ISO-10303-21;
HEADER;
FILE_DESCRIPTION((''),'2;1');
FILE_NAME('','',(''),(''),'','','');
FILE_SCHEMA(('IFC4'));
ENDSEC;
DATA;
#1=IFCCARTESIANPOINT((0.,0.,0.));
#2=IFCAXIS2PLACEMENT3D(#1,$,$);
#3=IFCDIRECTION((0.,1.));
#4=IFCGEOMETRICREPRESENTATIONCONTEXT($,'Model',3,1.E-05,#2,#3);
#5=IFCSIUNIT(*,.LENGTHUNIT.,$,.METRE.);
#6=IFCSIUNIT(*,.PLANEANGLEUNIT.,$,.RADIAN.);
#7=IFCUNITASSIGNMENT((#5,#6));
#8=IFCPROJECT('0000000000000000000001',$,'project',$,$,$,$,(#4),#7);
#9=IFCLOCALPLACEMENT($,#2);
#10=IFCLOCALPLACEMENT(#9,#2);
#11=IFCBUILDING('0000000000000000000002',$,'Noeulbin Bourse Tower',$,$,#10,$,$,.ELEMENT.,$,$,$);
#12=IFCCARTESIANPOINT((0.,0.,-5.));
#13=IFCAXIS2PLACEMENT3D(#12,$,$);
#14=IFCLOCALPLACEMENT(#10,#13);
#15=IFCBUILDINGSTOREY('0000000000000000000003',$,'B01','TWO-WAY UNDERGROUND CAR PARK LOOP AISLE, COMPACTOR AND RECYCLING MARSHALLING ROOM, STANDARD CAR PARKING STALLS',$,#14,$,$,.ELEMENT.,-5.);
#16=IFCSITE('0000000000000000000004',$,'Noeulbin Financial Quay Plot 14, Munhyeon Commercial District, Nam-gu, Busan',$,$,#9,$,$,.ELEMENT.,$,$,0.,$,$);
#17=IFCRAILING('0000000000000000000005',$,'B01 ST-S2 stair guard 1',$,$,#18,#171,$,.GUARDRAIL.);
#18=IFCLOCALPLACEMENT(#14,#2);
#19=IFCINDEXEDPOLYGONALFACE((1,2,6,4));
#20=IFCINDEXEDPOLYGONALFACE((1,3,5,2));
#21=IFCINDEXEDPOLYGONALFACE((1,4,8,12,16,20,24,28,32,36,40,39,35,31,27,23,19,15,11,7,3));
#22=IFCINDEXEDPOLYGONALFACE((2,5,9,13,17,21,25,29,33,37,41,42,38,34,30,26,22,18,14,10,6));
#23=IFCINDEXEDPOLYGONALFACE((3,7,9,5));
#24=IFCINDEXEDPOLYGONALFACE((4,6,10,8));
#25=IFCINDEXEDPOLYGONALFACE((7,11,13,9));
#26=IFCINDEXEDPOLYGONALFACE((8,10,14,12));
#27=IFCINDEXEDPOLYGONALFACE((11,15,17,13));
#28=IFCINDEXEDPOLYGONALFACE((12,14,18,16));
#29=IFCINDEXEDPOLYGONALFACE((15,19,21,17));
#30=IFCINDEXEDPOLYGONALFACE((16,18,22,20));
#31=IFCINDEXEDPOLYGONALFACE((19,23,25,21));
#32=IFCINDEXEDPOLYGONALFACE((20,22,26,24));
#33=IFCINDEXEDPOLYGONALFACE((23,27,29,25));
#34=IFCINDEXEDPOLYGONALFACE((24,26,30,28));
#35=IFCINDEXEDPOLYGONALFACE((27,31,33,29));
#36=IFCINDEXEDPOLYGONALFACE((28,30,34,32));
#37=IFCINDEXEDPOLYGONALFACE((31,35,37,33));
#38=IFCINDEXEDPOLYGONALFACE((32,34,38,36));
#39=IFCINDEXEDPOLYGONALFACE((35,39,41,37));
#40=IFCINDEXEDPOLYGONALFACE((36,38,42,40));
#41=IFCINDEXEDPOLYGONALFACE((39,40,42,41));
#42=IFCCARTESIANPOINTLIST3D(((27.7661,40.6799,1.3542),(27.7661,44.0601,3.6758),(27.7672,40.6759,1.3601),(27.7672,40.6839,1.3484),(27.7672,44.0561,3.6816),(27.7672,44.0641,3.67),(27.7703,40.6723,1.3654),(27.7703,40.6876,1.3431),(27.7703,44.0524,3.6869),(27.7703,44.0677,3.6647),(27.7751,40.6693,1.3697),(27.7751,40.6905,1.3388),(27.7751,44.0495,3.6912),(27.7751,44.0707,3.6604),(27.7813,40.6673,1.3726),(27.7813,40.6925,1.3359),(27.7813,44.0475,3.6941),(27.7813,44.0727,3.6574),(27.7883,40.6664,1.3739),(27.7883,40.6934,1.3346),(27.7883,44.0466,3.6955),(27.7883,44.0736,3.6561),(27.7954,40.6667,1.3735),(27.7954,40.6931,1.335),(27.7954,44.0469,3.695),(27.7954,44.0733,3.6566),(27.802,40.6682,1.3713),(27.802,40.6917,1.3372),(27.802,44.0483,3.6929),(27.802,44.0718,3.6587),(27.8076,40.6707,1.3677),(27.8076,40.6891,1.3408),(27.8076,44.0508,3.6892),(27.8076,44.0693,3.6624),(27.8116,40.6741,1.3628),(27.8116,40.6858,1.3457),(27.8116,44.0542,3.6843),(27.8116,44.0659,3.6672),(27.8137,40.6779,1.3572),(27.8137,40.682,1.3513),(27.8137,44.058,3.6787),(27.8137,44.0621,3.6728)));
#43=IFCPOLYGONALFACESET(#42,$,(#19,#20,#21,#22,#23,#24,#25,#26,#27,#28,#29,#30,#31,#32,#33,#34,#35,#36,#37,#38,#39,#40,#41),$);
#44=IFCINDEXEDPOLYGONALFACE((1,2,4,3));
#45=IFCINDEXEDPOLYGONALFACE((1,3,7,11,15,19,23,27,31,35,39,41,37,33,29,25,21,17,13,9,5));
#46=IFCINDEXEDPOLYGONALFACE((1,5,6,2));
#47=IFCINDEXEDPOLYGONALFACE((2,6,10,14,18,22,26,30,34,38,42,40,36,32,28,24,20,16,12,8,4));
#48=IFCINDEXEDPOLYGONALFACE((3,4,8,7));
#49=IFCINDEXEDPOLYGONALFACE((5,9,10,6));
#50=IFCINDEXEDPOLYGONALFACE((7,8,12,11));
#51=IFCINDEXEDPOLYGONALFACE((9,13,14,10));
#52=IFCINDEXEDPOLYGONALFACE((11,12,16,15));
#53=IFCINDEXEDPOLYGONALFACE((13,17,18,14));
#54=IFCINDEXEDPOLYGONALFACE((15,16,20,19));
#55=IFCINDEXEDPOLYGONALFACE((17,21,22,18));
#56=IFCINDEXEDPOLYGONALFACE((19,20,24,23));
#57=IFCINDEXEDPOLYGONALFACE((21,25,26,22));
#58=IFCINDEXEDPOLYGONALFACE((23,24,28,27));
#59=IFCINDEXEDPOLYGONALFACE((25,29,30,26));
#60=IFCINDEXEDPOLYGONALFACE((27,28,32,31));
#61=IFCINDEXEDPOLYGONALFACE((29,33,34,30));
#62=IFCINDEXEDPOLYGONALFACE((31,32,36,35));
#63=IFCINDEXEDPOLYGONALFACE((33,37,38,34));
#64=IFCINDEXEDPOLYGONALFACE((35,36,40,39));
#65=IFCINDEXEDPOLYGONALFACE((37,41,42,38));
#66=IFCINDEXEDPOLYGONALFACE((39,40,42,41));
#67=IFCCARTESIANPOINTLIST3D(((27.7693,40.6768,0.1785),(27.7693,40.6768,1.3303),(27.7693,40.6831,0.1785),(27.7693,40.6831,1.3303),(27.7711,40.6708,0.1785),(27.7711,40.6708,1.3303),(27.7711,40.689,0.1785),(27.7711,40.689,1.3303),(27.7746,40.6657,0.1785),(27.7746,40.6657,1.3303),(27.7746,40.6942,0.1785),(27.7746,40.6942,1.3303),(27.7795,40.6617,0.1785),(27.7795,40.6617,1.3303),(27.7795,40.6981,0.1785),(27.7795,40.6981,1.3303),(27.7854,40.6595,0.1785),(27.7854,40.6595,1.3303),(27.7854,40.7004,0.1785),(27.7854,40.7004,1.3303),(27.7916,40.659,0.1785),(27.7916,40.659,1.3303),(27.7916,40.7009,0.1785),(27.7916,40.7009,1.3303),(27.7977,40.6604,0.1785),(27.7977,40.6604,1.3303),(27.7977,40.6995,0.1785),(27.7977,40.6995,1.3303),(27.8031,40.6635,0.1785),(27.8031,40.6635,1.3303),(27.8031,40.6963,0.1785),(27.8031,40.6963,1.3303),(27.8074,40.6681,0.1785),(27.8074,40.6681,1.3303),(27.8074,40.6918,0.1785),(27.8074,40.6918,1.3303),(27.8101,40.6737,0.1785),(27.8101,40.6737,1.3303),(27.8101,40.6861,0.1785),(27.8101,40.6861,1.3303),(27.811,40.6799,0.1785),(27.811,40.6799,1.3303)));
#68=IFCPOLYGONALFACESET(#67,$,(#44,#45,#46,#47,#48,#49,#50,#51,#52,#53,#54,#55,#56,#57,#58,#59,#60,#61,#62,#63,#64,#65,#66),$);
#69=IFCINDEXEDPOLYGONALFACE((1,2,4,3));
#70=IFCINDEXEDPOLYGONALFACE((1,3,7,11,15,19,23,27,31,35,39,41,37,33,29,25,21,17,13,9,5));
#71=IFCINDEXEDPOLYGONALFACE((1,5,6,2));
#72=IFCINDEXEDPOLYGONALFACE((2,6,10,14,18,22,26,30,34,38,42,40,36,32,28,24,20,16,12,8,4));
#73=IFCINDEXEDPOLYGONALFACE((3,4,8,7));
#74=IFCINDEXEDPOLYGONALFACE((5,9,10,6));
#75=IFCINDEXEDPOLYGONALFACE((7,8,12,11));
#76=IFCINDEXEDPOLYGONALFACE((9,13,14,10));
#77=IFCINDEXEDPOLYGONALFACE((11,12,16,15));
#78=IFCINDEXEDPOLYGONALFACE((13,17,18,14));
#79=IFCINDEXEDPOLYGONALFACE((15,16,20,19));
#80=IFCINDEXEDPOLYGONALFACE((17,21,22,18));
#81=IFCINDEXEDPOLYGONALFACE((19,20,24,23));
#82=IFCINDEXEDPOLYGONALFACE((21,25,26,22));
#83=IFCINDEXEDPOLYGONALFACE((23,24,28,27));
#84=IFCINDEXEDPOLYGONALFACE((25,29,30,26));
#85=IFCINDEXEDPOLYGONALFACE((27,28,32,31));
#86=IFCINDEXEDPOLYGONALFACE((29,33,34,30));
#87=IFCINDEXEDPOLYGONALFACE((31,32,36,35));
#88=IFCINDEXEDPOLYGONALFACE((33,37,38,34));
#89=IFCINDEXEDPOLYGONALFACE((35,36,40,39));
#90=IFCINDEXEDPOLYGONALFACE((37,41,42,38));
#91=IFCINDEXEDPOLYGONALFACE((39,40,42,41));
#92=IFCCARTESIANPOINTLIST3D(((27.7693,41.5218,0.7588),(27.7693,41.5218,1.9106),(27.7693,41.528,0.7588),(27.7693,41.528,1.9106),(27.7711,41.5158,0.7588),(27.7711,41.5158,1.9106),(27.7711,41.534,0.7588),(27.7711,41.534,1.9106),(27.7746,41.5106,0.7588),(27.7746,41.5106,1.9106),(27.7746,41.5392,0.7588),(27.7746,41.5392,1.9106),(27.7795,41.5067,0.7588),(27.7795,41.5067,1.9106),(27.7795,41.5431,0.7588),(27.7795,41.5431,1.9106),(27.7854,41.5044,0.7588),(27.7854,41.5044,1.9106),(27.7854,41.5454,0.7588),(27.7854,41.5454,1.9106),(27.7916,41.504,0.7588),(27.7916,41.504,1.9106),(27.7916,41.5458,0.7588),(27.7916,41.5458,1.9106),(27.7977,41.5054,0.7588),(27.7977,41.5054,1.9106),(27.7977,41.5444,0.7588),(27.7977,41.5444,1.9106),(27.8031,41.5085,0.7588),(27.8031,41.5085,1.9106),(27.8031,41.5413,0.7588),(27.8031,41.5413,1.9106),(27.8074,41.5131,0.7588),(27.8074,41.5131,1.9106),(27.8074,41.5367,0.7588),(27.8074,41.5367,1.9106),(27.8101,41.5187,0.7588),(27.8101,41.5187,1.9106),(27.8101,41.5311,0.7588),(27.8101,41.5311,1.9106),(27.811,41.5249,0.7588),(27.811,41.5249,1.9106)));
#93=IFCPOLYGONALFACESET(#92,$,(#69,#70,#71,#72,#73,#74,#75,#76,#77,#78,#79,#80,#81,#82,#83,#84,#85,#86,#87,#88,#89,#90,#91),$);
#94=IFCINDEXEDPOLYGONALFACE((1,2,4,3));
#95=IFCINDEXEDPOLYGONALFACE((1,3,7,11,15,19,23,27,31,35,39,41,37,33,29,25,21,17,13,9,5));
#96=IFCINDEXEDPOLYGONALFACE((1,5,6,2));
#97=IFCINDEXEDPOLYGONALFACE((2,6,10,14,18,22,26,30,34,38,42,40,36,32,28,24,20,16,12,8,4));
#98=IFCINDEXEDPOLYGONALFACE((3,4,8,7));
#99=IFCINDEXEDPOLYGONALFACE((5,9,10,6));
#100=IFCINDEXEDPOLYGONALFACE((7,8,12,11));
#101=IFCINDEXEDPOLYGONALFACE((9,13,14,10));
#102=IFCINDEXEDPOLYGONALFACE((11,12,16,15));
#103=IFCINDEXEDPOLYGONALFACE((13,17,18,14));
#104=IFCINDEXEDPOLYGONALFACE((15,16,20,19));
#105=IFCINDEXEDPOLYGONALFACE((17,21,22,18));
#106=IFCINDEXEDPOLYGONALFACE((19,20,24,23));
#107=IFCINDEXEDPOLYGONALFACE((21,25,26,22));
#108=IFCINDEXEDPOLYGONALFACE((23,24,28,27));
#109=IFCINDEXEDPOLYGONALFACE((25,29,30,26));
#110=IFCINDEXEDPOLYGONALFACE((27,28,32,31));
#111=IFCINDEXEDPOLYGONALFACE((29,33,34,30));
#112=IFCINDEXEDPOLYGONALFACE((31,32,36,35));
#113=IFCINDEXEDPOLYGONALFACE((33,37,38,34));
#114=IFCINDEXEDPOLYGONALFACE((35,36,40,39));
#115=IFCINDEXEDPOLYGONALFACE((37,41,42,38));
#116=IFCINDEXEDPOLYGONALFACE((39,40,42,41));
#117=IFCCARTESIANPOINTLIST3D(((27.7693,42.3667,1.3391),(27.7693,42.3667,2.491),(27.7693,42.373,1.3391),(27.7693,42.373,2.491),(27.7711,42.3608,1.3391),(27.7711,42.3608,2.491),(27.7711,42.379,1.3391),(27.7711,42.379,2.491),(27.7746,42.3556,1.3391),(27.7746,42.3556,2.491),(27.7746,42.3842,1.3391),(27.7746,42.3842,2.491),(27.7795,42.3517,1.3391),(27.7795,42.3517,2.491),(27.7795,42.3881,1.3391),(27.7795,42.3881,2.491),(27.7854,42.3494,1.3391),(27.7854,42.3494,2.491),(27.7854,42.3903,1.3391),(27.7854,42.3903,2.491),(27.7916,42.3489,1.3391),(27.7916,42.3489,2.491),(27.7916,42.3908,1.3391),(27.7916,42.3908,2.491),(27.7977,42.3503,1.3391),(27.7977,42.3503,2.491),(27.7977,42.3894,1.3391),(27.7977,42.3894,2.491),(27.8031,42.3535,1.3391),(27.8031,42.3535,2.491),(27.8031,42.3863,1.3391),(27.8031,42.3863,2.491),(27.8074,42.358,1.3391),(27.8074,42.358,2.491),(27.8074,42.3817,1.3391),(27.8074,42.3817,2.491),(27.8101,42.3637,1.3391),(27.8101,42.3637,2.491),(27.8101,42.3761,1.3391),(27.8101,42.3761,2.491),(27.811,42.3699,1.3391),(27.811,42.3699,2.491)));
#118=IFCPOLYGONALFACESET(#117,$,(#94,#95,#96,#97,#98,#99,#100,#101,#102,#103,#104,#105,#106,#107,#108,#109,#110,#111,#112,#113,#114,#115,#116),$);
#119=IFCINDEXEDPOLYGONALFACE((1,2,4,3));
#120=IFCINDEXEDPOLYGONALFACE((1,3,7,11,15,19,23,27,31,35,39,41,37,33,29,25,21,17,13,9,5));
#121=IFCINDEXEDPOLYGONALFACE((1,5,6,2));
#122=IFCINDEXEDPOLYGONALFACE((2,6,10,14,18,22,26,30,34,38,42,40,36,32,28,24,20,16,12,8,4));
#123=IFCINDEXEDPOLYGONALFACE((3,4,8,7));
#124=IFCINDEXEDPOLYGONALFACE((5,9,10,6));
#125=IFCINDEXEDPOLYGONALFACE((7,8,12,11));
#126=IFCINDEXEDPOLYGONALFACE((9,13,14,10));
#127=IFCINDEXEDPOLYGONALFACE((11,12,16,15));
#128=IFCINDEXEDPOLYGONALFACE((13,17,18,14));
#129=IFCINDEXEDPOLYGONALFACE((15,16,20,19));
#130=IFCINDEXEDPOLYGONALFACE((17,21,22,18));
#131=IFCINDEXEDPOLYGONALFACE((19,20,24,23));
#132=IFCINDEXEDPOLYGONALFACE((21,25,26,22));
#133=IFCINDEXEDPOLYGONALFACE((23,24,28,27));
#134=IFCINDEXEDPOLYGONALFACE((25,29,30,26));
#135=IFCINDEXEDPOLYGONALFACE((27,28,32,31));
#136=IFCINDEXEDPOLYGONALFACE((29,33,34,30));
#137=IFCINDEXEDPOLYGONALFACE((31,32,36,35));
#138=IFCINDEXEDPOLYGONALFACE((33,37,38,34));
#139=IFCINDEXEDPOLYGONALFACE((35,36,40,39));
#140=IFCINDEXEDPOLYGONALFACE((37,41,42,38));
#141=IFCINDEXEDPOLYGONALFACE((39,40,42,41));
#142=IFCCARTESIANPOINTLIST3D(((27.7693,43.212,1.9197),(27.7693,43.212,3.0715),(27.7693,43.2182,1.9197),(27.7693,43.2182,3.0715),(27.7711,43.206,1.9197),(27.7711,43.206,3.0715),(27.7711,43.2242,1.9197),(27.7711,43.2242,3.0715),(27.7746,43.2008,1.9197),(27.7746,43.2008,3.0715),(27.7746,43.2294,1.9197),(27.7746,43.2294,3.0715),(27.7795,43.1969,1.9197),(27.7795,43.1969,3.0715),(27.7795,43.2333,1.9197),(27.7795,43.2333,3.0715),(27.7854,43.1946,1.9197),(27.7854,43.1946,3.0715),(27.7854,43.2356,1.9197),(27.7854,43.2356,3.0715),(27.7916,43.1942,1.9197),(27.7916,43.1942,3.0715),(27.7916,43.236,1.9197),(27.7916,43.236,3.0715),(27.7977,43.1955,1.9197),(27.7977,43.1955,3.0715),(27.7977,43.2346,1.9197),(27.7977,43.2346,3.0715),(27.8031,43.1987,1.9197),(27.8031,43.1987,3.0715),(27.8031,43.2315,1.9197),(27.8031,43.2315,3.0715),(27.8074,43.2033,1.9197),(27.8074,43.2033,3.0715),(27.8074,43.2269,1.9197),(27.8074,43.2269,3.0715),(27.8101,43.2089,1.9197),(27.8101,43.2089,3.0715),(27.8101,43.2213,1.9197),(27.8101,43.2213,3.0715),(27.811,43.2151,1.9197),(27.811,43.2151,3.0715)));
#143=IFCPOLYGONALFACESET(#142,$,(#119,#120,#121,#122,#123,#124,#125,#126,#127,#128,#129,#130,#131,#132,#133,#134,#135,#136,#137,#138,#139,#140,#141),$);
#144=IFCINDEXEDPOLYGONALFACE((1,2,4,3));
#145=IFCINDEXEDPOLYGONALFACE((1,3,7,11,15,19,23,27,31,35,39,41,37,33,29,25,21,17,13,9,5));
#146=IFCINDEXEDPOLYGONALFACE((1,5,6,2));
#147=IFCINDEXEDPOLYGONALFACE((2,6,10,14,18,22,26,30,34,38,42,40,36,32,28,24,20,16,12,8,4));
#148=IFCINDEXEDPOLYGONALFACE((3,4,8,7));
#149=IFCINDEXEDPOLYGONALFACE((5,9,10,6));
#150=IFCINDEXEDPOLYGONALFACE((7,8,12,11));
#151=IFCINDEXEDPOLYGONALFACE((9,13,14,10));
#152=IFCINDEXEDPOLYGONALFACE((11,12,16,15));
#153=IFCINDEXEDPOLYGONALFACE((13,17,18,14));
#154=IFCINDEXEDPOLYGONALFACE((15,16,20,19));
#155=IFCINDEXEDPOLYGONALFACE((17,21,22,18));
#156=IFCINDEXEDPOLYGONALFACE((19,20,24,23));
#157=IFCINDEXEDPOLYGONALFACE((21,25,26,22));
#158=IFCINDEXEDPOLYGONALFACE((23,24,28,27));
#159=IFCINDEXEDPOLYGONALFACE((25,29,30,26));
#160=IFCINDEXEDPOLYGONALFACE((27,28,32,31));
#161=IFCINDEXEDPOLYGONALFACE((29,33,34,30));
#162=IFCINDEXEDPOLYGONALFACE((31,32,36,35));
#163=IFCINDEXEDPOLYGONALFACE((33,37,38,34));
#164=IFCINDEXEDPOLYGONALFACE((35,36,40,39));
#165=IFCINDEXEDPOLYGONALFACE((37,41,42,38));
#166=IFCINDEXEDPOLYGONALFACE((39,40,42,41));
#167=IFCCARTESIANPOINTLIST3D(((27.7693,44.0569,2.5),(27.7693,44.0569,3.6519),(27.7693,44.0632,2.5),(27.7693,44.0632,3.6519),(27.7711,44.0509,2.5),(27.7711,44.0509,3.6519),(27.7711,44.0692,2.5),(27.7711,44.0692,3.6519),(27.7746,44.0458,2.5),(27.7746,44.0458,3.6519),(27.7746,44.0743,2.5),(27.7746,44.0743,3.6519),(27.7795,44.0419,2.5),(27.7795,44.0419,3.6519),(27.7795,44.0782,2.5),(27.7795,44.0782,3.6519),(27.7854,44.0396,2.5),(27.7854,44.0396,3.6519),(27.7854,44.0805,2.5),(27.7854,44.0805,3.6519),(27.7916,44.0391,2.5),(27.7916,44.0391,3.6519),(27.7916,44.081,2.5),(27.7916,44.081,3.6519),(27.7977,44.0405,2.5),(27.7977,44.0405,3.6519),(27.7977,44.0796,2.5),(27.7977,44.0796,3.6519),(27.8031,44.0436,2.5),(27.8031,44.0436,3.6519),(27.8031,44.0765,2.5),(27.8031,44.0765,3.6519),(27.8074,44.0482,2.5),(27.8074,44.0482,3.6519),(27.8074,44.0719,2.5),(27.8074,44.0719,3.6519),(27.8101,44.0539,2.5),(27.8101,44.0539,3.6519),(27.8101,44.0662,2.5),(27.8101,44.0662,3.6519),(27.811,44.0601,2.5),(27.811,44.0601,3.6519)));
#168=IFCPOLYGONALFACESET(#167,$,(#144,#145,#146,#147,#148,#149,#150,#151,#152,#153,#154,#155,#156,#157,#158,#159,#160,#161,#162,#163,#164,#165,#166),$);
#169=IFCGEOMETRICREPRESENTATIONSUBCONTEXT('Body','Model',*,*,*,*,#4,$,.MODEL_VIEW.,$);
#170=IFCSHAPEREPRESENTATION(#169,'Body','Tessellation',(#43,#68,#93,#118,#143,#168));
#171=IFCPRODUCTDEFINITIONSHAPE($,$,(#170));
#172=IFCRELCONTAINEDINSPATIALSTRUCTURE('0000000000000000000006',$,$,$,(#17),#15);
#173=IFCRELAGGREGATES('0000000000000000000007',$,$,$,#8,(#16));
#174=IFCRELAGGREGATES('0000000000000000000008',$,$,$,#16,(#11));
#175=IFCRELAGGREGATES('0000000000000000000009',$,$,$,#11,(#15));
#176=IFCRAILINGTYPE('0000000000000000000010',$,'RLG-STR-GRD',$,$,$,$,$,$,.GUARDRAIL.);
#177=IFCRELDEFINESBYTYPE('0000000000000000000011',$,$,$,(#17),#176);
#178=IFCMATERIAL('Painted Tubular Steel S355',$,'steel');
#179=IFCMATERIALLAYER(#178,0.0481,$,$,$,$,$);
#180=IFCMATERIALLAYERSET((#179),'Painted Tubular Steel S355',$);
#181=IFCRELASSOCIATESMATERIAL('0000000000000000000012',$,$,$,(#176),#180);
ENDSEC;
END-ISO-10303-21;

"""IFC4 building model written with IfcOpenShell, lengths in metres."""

from ifc_helpers import new_model, si_unit, direction, frame, origin, origin_2d, place, context, subcontext, project, spatial, circle, extrude, material, layer, layer_set, type_object, element, save


model = new_model("IFC4")

# Units and contexts
model_context = context("Model", 3, precision=1e-05, world=origin(), true_north=direction((0.0, 1.0)))
body_context = subcontext(model_context, "Body", "Model", "MODEL_VIEW")
ifc_project = project(units=[si_unit("LENGTHUNIT", "METRE"), si_unit("PLANEANGLEUNIT", "RADIAN")], contexts=[model_context])

# Site, building, storey
site_placement = place(None, origin())
site = spatial("IfcSite", under=ifc_project, at=site_placement, Name="Noeulbin Financial Quay Plot 14, Munhyeon Commercial District, Nam-gu, Busan", CompositionType="ELEMENT", RefElevation=0.0)
building_placement = place(site_placement, origin())
building = spatial("IfcBuilding", under=site, at=building_placement, Name="Noeulbin Bourse Tower", CompositionType="ELEMENT")
storey_placement = place(building_placement, frame((0.0, 0.0, -5.0)))
storey = spatial("IfcBuildingStorey", under=building, at=storey_placement, Name="B01", Description="TWO-WAY UNDERGROUND CAR PARK LOOP AISLE, COMPACTOR AND RECYCLING MARSHALLING ROOM, STANDARD CAR PARKING STALLS", CompositionType="ELEMENT", Elevation=-5.0)

# Railing
ifc_material_1 = material(Name="Painted Tubular Steel S355", Category="steel")
ifc_layer_1 = layer(ifc_material_1, 0.0481)
ifc_layer_set_1 = layer_set([ifc_layer_1], Name="Painted Tubular Steel S355")
railing_type_1 = type_object("IfcRailingType", Name="RLG-STR-GRD", PredefinedType="GUARDRAIL", material=ifc_layer_set_1)
railing_1_placement = place(storey_placement, frame((27.79, 40.6799, 0.1785)))
element("IfcRailing", 1, at=railing_1_placement, inside=storey, type_object=railing_type_1, Name="B01 ST-S2 stair guard 1", PredefinedType="GUARDRAIL", context=body_context, shape_type="SweptSolid", body=[
    extrude(circle(Radius=0.0239, at=origin_2d()), frame((0.0, 0.0, 1.1758), z_axis=(0.0, 0.824304, 0.566147), x_axis=(-1.0, 0.0, 0.0)), (0.0, 0.0, 1.0), 4.1006),
    extrude(circle(Radius=0.021, at=origin_2d()), origin(), (0.0, 0.0, 1.0), 1.1519),
    extrude(circle(Radius=0.021, at=origin_2d()), frame((0.0, 0.845, 0.5803)), (0.0, 0.0, 1.0), 1.1519),
    extrude(circle(Radius=0.021, at=origin_2d()), frame((0.0, 1.6899, 1.1606)), (0.0, 0.0, 1.0), 1.1519),
    extrude(circle(Radius=0.021, at=origin_2d()), frame((0.0, 2.5352, 1.7412)), (0.0, 0.0, 1.0), 1.1519),
    extrude(circle(Radius=0.021, at=origin_2d()), frame((0.0, 3.3801, 2.3215)), (0.0, 0.0, 1.0), 1.1519),
])

save(model, "model.ifc")
